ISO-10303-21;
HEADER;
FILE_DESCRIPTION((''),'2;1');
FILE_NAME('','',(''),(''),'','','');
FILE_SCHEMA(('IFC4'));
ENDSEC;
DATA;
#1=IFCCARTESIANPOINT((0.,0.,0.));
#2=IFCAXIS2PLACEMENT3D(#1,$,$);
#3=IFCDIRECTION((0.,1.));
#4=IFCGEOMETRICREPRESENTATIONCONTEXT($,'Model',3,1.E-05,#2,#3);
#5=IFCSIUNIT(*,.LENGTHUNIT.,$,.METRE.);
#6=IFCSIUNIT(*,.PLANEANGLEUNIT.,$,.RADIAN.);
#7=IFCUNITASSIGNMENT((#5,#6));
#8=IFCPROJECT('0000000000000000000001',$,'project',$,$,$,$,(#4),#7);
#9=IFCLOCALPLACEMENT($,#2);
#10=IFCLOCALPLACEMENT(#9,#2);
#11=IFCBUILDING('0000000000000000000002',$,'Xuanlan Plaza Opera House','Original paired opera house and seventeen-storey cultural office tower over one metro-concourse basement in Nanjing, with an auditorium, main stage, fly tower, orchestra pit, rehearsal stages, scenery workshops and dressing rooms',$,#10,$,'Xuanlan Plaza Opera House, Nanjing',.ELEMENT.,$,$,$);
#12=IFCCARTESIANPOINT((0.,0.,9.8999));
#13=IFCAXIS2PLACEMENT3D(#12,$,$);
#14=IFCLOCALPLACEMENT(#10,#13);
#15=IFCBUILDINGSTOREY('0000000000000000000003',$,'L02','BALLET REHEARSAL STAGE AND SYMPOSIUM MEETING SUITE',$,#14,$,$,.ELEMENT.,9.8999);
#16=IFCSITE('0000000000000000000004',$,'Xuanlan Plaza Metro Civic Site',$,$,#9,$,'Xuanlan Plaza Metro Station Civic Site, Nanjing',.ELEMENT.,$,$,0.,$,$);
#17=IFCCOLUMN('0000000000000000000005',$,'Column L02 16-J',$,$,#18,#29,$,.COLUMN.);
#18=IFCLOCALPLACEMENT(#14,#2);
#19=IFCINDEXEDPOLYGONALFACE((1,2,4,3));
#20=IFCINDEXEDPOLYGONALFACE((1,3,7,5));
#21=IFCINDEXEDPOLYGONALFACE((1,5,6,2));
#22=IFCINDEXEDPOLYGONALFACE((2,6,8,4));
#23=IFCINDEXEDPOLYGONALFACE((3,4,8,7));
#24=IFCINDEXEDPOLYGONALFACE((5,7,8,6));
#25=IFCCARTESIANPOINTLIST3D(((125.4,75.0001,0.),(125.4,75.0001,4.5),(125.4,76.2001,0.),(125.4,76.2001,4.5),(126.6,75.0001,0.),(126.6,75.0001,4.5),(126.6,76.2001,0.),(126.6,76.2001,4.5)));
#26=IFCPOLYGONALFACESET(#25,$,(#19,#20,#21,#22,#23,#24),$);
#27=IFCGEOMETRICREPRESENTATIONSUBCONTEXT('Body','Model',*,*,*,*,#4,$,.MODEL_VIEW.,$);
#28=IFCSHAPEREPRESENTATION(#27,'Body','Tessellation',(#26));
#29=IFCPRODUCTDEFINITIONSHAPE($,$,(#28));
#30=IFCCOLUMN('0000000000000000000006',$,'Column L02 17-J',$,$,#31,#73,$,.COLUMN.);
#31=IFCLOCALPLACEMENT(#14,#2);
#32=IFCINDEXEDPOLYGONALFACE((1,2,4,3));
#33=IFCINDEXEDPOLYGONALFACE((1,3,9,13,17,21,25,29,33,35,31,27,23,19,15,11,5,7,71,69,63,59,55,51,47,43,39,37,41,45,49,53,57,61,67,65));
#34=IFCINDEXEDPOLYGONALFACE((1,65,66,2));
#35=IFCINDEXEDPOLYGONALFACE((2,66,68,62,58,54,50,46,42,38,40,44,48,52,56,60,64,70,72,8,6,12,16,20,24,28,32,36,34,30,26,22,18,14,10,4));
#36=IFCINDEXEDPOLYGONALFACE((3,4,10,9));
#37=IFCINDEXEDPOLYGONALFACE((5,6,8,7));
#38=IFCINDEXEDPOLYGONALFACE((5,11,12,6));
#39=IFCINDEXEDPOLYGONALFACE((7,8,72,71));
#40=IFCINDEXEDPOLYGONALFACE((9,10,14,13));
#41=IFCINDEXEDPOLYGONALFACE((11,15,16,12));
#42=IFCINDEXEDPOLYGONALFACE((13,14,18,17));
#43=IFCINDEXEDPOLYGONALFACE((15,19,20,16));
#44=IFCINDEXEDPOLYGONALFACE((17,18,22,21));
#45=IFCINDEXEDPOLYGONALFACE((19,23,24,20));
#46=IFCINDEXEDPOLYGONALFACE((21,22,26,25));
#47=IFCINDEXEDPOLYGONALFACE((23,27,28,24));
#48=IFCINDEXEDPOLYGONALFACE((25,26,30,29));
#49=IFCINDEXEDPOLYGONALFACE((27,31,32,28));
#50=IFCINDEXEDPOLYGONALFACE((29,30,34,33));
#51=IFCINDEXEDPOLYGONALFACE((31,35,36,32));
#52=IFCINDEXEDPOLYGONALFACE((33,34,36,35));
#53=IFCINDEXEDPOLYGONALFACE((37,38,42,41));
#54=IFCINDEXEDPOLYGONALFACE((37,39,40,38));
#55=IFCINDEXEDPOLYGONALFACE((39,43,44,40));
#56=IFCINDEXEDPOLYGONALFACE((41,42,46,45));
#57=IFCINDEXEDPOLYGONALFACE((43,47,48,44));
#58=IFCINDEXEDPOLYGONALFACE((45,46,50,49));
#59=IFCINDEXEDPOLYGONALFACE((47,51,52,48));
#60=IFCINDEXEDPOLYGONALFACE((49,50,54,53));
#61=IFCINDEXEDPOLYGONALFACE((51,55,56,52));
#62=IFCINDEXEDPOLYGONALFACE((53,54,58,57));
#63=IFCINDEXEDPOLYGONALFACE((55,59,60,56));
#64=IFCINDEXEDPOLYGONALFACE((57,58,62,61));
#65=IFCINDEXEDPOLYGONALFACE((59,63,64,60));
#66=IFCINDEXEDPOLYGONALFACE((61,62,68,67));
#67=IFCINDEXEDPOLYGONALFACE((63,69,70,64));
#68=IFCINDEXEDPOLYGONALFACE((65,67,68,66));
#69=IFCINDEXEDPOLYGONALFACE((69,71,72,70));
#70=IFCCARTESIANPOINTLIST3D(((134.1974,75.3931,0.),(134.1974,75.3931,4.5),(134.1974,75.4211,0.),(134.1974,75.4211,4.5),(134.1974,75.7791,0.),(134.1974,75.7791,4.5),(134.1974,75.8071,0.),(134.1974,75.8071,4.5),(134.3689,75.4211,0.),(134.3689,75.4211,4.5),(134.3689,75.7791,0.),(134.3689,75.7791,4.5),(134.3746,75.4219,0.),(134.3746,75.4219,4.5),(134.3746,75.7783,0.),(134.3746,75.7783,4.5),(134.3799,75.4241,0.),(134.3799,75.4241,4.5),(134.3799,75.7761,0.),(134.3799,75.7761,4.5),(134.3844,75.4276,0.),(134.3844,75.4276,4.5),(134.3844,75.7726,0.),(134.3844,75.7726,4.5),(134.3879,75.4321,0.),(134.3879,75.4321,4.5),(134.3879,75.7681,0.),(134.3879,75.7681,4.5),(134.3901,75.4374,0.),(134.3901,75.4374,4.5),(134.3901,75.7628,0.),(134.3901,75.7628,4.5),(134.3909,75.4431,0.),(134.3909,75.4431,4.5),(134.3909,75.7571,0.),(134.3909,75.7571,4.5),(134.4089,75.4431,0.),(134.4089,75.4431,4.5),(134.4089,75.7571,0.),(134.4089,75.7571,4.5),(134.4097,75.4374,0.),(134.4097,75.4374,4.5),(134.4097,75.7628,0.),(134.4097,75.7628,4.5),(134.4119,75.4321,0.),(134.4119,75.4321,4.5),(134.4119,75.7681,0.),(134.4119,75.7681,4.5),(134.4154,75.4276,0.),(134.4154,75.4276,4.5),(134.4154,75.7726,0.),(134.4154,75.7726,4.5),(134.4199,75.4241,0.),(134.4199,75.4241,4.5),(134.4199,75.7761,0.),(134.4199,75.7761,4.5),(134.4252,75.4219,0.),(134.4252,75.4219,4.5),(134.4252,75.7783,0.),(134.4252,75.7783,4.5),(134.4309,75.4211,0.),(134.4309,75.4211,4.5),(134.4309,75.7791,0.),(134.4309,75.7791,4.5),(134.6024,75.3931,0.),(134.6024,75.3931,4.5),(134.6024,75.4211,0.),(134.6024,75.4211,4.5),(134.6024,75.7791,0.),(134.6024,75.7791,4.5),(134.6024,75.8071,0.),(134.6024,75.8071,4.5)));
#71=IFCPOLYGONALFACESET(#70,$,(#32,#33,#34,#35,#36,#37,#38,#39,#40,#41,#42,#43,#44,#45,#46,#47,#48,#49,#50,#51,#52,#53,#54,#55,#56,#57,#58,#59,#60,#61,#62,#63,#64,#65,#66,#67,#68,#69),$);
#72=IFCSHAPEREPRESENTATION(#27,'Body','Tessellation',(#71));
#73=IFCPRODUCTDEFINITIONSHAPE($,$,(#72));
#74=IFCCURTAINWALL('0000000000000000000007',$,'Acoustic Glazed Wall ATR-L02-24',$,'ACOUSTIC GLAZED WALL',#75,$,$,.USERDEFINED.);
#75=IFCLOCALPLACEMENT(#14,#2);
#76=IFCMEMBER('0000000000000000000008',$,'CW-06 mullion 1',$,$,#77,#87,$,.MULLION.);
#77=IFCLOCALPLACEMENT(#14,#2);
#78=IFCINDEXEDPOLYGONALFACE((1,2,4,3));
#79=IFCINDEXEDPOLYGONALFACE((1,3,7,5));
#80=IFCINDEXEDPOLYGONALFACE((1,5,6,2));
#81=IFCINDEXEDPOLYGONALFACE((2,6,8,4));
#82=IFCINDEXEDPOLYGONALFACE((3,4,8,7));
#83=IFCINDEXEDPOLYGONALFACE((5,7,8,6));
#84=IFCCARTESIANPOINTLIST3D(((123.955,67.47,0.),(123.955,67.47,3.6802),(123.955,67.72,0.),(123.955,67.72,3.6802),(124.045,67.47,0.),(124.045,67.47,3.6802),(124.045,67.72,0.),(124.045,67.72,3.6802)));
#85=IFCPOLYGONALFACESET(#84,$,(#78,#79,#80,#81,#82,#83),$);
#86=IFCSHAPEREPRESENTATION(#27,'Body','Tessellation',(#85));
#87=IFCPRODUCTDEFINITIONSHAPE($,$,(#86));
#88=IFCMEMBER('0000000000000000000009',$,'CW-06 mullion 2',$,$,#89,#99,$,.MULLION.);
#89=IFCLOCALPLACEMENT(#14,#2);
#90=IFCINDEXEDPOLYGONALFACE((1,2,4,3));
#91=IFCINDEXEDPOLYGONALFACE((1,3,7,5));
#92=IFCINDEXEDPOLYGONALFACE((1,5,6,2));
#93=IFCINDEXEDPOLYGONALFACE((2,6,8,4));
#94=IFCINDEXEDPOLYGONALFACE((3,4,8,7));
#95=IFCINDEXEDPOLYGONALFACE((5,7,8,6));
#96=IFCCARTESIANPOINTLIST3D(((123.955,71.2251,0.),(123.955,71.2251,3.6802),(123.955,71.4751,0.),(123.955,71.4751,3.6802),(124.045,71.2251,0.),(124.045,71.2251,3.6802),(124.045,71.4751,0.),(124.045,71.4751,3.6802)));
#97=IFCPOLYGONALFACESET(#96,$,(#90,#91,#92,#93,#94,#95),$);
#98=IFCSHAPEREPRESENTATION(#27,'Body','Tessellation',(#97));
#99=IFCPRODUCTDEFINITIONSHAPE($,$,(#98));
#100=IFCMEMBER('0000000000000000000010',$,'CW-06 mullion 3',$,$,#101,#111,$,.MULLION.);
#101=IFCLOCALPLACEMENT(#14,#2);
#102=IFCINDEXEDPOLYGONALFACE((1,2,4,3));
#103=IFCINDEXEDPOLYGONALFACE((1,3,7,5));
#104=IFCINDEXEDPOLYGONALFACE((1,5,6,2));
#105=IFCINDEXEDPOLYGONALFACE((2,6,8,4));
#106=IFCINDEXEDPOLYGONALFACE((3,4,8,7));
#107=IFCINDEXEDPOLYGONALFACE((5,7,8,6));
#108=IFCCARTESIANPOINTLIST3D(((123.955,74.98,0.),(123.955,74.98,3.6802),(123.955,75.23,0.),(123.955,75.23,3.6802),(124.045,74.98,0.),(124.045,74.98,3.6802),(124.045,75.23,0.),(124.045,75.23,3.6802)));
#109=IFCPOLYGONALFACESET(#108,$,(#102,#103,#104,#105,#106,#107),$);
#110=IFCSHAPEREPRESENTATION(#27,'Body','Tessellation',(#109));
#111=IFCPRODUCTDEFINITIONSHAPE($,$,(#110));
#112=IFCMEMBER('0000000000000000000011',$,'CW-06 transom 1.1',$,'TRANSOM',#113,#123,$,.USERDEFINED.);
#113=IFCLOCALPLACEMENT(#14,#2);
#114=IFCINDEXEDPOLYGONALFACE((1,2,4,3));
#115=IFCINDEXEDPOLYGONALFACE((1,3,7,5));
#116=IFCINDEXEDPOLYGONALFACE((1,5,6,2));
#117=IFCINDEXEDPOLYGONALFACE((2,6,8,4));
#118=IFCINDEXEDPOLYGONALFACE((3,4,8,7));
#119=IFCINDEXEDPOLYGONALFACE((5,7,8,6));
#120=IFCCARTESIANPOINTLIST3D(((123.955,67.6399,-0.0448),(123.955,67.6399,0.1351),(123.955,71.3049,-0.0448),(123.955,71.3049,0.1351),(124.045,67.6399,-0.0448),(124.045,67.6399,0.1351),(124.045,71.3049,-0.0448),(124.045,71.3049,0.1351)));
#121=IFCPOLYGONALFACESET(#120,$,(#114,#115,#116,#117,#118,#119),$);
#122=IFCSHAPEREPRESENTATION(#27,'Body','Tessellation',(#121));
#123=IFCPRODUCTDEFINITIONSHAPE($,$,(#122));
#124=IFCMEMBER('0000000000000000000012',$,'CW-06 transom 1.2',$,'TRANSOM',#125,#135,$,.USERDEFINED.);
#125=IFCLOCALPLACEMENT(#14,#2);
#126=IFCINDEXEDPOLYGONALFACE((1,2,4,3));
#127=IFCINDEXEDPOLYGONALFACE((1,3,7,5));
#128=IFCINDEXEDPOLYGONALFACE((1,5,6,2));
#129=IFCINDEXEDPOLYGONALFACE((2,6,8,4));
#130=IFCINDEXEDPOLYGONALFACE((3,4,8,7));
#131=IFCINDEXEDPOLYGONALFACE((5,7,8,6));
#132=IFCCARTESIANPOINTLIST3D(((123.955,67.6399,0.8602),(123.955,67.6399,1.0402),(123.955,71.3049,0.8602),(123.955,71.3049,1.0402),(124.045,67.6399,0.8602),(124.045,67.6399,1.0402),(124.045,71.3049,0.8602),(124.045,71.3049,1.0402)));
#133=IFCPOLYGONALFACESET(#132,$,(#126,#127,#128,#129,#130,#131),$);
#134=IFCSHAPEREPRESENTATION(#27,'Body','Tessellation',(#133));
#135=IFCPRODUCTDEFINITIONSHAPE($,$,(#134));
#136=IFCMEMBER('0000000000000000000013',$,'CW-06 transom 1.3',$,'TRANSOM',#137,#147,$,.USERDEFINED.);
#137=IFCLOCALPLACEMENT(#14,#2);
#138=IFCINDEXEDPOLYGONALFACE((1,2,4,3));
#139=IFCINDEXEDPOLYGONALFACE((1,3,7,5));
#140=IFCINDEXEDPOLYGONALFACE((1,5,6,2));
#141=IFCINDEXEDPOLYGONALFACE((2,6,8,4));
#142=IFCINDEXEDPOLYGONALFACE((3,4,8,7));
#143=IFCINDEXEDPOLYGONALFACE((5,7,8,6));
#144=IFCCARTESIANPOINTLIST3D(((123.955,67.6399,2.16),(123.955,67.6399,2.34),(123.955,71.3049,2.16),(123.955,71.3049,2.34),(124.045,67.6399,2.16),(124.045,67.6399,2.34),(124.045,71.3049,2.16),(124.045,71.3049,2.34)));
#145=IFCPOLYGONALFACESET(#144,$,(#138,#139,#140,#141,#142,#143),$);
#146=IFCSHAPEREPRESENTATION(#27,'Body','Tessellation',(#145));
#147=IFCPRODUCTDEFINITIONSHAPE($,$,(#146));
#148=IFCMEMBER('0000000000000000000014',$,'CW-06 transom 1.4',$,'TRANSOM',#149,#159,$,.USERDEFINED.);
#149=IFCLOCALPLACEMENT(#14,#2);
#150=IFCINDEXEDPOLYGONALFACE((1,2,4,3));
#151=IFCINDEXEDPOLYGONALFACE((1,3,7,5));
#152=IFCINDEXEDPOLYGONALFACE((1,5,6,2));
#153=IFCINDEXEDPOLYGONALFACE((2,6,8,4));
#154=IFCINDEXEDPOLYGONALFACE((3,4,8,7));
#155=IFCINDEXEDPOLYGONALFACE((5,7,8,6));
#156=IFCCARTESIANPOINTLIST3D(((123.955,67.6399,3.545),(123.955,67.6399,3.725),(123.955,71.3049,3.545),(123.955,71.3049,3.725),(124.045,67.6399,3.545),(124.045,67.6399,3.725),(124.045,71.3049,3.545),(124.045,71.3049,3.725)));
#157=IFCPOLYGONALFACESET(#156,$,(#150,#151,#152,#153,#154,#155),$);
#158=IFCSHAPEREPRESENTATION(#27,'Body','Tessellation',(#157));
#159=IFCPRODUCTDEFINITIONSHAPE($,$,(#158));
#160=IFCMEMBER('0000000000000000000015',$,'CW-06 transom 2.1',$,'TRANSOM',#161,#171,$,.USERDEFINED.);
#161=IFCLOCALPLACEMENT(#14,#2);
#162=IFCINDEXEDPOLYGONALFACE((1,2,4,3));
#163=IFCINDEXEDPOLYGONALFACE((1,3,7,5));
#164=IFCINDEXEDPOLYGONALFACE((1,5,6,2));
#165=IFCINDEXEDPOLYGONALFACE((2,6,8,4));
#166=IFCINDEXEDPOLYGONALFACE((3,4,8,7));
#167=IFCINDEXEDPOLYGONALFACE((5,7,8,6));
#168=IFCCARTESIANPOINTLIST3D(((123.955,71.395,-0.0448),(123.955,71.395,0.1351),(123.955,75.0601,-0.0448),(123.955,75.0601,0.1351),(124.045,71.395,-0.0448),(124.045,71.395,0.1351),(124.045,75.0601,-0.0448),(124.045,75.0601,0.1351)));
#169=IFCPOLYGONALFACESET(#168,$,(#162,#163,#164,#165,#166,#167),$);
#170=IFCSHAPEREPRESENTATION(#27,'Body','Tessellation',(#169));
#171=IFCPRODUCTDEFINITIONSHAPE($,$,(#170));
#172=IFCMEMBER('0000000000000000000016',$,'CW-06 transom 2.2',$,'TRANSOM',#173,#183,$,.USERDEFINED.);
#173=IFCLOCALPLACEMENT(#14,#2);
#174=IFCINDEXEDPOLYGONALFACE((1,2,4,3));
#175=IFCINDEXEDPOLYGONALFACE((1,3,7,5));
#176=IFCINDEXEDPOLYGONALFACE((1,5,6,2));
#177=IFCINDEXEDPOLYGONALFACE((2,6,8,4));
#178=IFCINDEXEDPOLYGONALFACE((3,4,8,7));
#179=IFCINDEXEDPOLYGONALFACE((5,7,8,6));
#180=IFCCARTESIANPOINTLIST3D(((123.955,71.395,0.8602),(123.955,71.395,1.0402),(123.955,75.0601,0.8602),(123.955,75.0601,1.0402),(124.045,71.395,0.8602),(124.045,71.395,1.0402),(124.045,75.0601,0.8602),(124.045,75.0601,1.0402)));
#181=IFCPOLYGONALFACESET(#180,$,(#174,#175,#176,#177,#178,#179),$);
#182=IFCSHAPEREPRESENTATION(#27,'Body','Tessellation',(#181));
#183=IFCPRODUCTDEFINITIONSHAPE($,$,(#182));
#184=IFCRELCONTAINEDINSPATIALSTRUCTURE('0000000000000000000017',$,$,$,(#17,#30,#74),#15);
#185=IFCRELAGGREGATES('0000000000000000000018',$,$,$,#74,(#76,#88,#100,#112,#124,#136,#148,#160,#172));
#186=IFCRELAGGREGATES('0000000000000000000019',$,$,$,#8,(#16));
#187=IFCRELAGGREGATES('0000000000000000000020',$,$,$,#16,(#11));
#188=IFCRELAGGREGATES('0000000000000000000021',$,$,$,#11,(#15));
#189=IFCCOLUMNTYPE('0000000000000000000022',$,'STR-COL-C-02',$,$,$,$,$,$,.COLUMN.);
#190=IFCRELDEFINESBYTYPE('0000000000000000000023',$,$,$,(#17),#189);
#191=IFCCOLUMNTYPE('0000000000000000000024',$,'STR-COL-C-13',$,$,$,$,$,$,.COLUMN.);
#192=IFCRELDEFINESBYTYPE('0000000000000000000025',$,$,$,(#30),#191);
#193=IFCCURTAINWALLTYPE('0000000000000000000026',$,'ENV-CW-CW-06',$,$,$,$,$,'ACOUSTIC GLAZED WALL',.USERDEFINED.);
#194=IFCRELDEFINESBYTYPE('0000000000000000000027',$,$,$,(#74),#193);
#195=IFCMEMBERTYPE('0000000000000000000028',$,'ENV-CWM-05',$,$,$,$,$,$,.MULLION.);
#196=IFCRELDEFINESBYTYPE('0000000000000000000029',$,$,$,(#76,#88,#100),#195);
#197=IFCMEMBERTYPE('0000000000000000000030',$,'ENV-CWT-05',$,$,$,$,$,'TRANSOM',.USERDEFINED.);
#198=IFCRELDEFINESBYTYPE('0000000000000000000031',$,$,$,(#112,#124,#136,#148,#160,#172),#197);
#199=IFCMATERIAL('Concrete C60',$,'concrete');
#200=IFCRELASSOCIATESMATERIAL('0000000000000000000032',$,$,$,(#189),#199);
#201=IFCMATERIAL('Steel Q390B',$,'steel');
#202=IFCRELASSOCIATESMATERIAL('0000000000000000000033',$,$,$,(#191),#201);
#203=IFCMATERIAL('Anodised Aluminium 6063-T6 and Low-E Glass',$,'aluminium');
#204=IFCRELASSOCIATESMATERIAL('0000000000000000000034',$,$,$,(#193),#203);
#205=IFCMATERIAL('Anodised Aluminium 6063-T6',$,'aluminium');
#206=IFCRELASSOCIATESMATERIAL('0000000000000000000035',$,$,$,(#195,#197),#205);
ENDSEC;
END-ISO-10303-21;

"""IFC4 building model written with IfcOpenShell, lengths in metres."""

from ifc_helpers import new_model, si_unit, direction, frame, origin, origin_2d, place, context, subcontext, project, spatial, rectangle, i_section, extrude, material, material_profile, profile_set, type_object, element, aggregate, save


model = new_model("IFC4")

# Units and contexts
model_context = context("Model", 3, precision=1e-05, world=origin(), true_north=direction((0.0, 1.0)))
body_context = subcontext(model_context, "Body", "Model", "MODEL_VIEW")
ifc_project = project(units=[si_unit("LENGTHUNIT", "METRE"), si_unit("PLANEANGLEUNIT", "RADIAN")], contexts=[model_context])

# Site, building, storey
site_placement = place(None, origin())
site = spatial("IfcSite", under=ifc_project, at=site_placement, Name="Xuanlan Plaza Metro Civic Site", LongName="Xuanlan Plaza Metro Station Civic Site, Nanjing", CompositionType="ELEMENT", RefElevation=0.0)
building_placement = place(site_placement, origin())
building = spatial("IfcBuilding", under=site, at=building_placement, Name="Xuanlan Plaza Opera House", Description="Original paired opera house and seventeen-storey cultural office tower over one metro-concourse basement in Nanjing, with an auditorium, main stage, fly tower, orchestra pit, rehearsal stages, scenery workshops and dressing rooms", LongName="Xuanlan Plaza Opera House, Nanjing", CompositionType="ELEMENT")
storey_placement = place(building_placement, frame((0.0, 0.0, 9.8999)))
storey = spatial("IfcBuildingStorey", under=building, at=storey_placement, Name="L02", Description="BALLET REHEARSAL STAGE AND SYMPOSIUM MEETING SUITE", CompositionType="ELEMENT", Elevation=9.8999)

# Columns
ifc_material_1 = material(Name="Concrete C60", Category="concrete")
ifc_material_profile_1 = material_profile(ifc_material_1, rectangle(XDim=1.2, YDim=1.2, at=origin_2d()), Name="RC-COL 1200x1200")
ifc_profile_set_1 = profile_set([ifc_material_profile_1], Name="Concrete C60")
column_type_1 = type_object("IfcColumnType", Name="STR-COL-C-02", PredefinedType="COLUMN", material=ifc_profile_set_1)
column_1_placement = place(storey_placement, frame((126.0, 75.6001, 0.0), z_axis=(0.0, 0.0, 1.0), x_axis=(1.0, 0.0, 0.0)))
element("IfcColumn", 1, at=column_1_placement, inside=storey, type_object=column_type_1, Name="Column L02 16-J", PredefinedType="COLUMN", context=body_context, shape_type="SweptSolid", body=[
    extrude(rectangle(XDim=1.2, YDim=1.2, at=origin_2d()), origin(), (0.0, 0.0, 1.0), 4.5),
])
ifc_material_2 = material(Name="Steel Q390B", Category="steel")
ifc_material_profile_2 = material_profile(ifc_material_2, i_section(OverallWidth=0.405, OverallDepth=0.4141, WebThickness=0.0181, FlangeThickness=0.0281, FilletRadius=0.022, at=origin_2d()), Name="HW 414x405x18x28")
ifc_profile_set_2 = profile_set([ifc_material_profile_2], Name="Steel Q390B")
column_type_2 = type_object("IfcColumnType", Name="STR-COL-C-13", PredefinedType="COLUMN", material=ifc_profile_set_2)
column_2_placement = place(storey_placement, frame((134.3999, 75.6001, 0.0), z_axis=(0.0, 0.0, 1.0), x_axis=(1.0, 0.0, 0.0)))
element("IfcColumn", 2, at=column_2_placement, inside=storey, type_object=column_type_2, Name="Column L02 17-J", PredefinedType="COLUMN", context=body_context, shape_type="SweptSolid", body=[
    extrude(i_section(OverallWidth=0.405, OverallDepth=0.4141, WebThickness=0.0181, FlangeThickness=0.0281, FilletRadius=0.022, at=origin_2d()), origin(), (0.0, 0.0, 1.0), 4.5),
])

# Curtain wall, members
ifc_material_3 = material(Name="Anodised Aluminium 6063-T6 and Low-E Glass", Category="aluminium")
curtain_wall_type = type_object("IfcCurtainWallType", Name="ENV-CW-CW-06", ElementType="ACOUSTIC GLAZED WALL", PredefinedType="USERDEFINED", material=ifc_material_3)
curtain_wall_placement = place(storey_placement, origin())
curtain_wall = element("IfcCurtainWall", 3, at=curtain_wall_placement, inside=storey, type_object=curtain_wall_type, Name="Acoustic Glazed Wall ATR-L02-24", ObjectType="ACOUSTIC GLAZED WALL", PredefinedType="USERDEFINED")
ifc_material_4 = material(Name="Anodised Aluminium 6063-T6", Category="aluminium")
ifc_material_profile_3 = material_profile(ifc_material_4, rectangle(XDim=0.0901, YDim=0.25, at=origin_2d()), Name="ALU-M 90x250")
ifc_profile_set_3 = profile_set([ifc_material_profile_3], Name="Anodised Aluminium 6063-T6")
member_type_1 = type_object("IfcMemberType", Name="ENV-CWM-05", PredefinedType="MULLION", material=ifc_profile_set_3)
member_1_placement = place(storey_placement, frame((124.0, 67.595, 0.0), z_axis=(0.0, 0.0, 1.0), x_axis=(-1.0, 0.0, 0.0)))
member_1 = element("IfcMember", 4, at=member_1_placement, type_object=member_type_1, Name="CW-06 mullion 1", PredefinedType="MULLION", context=body_context, shape_type="SweptSolid", body=[
    extrude(rectangle(XDim=0.0901, YDim=0.25, at=origin_2d()), origin(), (0.0, 0.0, 1.0), 3.6802),
])
member_2_placement = place(storey_placement, frame((124.0, 71.3501, 0.0), z_axis=(0.0, 0.0, 1.0), x_axis=(-1.0, 0.0, 0.0)))
member_2 = element("IfcMember", 5, at=member_2_placement, type_object=member_type_1, Name="CW-06 mullion 2", PredefinedType="MULLION", context=body_context, shape_type="SweptSolid", body=[
    extrude(rectangle(XDim=0.0901, YDim=0.25, at=origin_2d()), origin(), (0.0, 0.0, 1.0), 3.6802),
])
member_3_placement = place(storey_placement, frame((124.0, 75.105, 0.0), z_axis=(0.0, 0.0, 1.0), x_axis=(-1.0, 0.0, 0.0)))
member_3 = element("IfcMember", 6, at=member_3_placement, type_object=member_type_1, Name="CW-06 mullion 3", PredefinedType="MULLION", context=body_context, shape_type="SweptSolid", body=[
    extrude(rectangle(XDim=0.0901, YDim=0.25, at=origin_2d()), origin(), (0.0, 0.0, 1.0), 3.6802),
])
ifc_material_profile_4 = material_profile(ifc_material_4, rectangle(XDim=0.0901, YDim=0.1799, at=origin_2d()), Name="ALU-T 90x180")
ifc_profile_set_4 = profile_set([ifc_material_profile_4], Name="Anodised Aluminium 6063-T6")
member_type_2 = type_object("IfcMemberType", Name="ENV-CWT-05", ElementType="TRANSOM", PredefinedType="USERDEFINED", material=ifc_profile_set_4)
member_4_placement = place(storey_placement, frame((124.0, 67.6399, 0.0452), z_axis=(0.0, 1.0, 0.0), x_axis=(-1.0, 0.0, 0.0)))
member_4 = element("IfcMember", 7, at=member_4_placement, type_object=member_type_2, Name="CW-06 transom 1.1", ObjectType="TRANSOM", PredefinedType="USERDEFINED", context=body_context, shape_type="SweptSolid", body=[
    extrude(rectangle(XDim=0.0901, YDim=0.1799, at=origin_2d()), origin(), (0.0, 0.0, 1.0), 3.665),
])
member_5_placement = place(storey_placement, frame((124.0, 67.6399, 0.9502), z_axis=(0.0, 1.0, 0.0), x_axis=(-1.0, 0.0, 0.0)))
member_5 = element("IfcMember", 8, at=member_5_placement, type_object=member_type_2, Name="CW-06 transom 1.2", ObjectType="TRANSOM", PredefinedType="USERDEFINED", context=body_context, shape_type="SweptSolid", body=[
    extrude(rectangle(XDim=0.0901, YDim=0.1799, at=origin_2d()), origin(), (0.0, 0.0, 1.0), 3.665),
])
member_6_placement = place(storey_placement, frame((124.0, 67.6399, 2.25), z_axis=(0.0, 1.0, 0.0), x_axis=(-1.0, 0.0, 0.0)))
member_6 = element("IfcMember", 9, at=member_6_placement, type_object=member_type_2, Name="CW-06 transom 1.3", ObjectType="TRANSOM", PredefinedType="USERDEFINED", context=body_context, shape_type="SweptSolid", body=[
    extrude(rectangle(XDim=0.0901, YDim=0.1799, at=origin_2d()), origin(), (0.0, 0.0, 1.0), 3.665),
])
member_7_placement = place(storey_placement, frame((124.0, 67.6399, 3.635), z_axis=(0.0, 1.0, 0.0), x_axis=(-1.0, 0.0, 0.0)))
member_7 = element("IfcMember", 10, at=member_7_placement, type_object=member_type_2, Name="CW-06 transom 1.4", ObjectType="TRANSOM", PredefinedType="USERDEFINED", context=body_context, shape_type="SweptSolid", body=[
    extrude(rectangle(XDim=0.0901, YDim=0.1799, at=origin_2d()), origin(), (0.0, 0.0, 1.0), 3.665),
])
member_8_placement = place(storey_placement, frame((124.0, 71.395, 0.0452), z_axis=(0.0, 1.0, 0.0), x_axis=(-1.0, 0.0, 0.0)))
member_8 = element("IfcMember", 11, at=member_8_placement, type_object=member_type_2, Name="CW-06 transom 2.1", ObjectType="TRANSOM", PredefinedType="USERDEFINED", context=body_context, shape_type="SweptSolid", body=[
    extrude(rectangle(XDim=0.0901, YDim=0.1799, at=origin_2d()), origin(), (0.0, 0.0, 1.0), 3.665),
])
member_9_placement = place(storey_placement, frame((124.0, 71.395, 0.9502), z_axis=(0.0, 1.0, 0.0), x_axis=(-1.0, 0.0, 0.0)))
member_9 = element("IfcMember", 12, at=member_9_placement, type_object=member_type_2, Name="CW-06 transom 2.2", ObjectType="TRANSOM", PredefinedType="USERDEFINED", context=body_context, shape_type="SweptSolid", body=[
    extrude(rectangle(XDim=0.0901, YDim=0.1799, at=origin_2d()), origin(), (0.0, 0.0, 1.0), 3.665),
])

aggregate(curtain_wall, [member_1, member_2, member_3, member_4, member_5, member_6, member_7, member_8, member_9])

save(model, "model.ifc")
